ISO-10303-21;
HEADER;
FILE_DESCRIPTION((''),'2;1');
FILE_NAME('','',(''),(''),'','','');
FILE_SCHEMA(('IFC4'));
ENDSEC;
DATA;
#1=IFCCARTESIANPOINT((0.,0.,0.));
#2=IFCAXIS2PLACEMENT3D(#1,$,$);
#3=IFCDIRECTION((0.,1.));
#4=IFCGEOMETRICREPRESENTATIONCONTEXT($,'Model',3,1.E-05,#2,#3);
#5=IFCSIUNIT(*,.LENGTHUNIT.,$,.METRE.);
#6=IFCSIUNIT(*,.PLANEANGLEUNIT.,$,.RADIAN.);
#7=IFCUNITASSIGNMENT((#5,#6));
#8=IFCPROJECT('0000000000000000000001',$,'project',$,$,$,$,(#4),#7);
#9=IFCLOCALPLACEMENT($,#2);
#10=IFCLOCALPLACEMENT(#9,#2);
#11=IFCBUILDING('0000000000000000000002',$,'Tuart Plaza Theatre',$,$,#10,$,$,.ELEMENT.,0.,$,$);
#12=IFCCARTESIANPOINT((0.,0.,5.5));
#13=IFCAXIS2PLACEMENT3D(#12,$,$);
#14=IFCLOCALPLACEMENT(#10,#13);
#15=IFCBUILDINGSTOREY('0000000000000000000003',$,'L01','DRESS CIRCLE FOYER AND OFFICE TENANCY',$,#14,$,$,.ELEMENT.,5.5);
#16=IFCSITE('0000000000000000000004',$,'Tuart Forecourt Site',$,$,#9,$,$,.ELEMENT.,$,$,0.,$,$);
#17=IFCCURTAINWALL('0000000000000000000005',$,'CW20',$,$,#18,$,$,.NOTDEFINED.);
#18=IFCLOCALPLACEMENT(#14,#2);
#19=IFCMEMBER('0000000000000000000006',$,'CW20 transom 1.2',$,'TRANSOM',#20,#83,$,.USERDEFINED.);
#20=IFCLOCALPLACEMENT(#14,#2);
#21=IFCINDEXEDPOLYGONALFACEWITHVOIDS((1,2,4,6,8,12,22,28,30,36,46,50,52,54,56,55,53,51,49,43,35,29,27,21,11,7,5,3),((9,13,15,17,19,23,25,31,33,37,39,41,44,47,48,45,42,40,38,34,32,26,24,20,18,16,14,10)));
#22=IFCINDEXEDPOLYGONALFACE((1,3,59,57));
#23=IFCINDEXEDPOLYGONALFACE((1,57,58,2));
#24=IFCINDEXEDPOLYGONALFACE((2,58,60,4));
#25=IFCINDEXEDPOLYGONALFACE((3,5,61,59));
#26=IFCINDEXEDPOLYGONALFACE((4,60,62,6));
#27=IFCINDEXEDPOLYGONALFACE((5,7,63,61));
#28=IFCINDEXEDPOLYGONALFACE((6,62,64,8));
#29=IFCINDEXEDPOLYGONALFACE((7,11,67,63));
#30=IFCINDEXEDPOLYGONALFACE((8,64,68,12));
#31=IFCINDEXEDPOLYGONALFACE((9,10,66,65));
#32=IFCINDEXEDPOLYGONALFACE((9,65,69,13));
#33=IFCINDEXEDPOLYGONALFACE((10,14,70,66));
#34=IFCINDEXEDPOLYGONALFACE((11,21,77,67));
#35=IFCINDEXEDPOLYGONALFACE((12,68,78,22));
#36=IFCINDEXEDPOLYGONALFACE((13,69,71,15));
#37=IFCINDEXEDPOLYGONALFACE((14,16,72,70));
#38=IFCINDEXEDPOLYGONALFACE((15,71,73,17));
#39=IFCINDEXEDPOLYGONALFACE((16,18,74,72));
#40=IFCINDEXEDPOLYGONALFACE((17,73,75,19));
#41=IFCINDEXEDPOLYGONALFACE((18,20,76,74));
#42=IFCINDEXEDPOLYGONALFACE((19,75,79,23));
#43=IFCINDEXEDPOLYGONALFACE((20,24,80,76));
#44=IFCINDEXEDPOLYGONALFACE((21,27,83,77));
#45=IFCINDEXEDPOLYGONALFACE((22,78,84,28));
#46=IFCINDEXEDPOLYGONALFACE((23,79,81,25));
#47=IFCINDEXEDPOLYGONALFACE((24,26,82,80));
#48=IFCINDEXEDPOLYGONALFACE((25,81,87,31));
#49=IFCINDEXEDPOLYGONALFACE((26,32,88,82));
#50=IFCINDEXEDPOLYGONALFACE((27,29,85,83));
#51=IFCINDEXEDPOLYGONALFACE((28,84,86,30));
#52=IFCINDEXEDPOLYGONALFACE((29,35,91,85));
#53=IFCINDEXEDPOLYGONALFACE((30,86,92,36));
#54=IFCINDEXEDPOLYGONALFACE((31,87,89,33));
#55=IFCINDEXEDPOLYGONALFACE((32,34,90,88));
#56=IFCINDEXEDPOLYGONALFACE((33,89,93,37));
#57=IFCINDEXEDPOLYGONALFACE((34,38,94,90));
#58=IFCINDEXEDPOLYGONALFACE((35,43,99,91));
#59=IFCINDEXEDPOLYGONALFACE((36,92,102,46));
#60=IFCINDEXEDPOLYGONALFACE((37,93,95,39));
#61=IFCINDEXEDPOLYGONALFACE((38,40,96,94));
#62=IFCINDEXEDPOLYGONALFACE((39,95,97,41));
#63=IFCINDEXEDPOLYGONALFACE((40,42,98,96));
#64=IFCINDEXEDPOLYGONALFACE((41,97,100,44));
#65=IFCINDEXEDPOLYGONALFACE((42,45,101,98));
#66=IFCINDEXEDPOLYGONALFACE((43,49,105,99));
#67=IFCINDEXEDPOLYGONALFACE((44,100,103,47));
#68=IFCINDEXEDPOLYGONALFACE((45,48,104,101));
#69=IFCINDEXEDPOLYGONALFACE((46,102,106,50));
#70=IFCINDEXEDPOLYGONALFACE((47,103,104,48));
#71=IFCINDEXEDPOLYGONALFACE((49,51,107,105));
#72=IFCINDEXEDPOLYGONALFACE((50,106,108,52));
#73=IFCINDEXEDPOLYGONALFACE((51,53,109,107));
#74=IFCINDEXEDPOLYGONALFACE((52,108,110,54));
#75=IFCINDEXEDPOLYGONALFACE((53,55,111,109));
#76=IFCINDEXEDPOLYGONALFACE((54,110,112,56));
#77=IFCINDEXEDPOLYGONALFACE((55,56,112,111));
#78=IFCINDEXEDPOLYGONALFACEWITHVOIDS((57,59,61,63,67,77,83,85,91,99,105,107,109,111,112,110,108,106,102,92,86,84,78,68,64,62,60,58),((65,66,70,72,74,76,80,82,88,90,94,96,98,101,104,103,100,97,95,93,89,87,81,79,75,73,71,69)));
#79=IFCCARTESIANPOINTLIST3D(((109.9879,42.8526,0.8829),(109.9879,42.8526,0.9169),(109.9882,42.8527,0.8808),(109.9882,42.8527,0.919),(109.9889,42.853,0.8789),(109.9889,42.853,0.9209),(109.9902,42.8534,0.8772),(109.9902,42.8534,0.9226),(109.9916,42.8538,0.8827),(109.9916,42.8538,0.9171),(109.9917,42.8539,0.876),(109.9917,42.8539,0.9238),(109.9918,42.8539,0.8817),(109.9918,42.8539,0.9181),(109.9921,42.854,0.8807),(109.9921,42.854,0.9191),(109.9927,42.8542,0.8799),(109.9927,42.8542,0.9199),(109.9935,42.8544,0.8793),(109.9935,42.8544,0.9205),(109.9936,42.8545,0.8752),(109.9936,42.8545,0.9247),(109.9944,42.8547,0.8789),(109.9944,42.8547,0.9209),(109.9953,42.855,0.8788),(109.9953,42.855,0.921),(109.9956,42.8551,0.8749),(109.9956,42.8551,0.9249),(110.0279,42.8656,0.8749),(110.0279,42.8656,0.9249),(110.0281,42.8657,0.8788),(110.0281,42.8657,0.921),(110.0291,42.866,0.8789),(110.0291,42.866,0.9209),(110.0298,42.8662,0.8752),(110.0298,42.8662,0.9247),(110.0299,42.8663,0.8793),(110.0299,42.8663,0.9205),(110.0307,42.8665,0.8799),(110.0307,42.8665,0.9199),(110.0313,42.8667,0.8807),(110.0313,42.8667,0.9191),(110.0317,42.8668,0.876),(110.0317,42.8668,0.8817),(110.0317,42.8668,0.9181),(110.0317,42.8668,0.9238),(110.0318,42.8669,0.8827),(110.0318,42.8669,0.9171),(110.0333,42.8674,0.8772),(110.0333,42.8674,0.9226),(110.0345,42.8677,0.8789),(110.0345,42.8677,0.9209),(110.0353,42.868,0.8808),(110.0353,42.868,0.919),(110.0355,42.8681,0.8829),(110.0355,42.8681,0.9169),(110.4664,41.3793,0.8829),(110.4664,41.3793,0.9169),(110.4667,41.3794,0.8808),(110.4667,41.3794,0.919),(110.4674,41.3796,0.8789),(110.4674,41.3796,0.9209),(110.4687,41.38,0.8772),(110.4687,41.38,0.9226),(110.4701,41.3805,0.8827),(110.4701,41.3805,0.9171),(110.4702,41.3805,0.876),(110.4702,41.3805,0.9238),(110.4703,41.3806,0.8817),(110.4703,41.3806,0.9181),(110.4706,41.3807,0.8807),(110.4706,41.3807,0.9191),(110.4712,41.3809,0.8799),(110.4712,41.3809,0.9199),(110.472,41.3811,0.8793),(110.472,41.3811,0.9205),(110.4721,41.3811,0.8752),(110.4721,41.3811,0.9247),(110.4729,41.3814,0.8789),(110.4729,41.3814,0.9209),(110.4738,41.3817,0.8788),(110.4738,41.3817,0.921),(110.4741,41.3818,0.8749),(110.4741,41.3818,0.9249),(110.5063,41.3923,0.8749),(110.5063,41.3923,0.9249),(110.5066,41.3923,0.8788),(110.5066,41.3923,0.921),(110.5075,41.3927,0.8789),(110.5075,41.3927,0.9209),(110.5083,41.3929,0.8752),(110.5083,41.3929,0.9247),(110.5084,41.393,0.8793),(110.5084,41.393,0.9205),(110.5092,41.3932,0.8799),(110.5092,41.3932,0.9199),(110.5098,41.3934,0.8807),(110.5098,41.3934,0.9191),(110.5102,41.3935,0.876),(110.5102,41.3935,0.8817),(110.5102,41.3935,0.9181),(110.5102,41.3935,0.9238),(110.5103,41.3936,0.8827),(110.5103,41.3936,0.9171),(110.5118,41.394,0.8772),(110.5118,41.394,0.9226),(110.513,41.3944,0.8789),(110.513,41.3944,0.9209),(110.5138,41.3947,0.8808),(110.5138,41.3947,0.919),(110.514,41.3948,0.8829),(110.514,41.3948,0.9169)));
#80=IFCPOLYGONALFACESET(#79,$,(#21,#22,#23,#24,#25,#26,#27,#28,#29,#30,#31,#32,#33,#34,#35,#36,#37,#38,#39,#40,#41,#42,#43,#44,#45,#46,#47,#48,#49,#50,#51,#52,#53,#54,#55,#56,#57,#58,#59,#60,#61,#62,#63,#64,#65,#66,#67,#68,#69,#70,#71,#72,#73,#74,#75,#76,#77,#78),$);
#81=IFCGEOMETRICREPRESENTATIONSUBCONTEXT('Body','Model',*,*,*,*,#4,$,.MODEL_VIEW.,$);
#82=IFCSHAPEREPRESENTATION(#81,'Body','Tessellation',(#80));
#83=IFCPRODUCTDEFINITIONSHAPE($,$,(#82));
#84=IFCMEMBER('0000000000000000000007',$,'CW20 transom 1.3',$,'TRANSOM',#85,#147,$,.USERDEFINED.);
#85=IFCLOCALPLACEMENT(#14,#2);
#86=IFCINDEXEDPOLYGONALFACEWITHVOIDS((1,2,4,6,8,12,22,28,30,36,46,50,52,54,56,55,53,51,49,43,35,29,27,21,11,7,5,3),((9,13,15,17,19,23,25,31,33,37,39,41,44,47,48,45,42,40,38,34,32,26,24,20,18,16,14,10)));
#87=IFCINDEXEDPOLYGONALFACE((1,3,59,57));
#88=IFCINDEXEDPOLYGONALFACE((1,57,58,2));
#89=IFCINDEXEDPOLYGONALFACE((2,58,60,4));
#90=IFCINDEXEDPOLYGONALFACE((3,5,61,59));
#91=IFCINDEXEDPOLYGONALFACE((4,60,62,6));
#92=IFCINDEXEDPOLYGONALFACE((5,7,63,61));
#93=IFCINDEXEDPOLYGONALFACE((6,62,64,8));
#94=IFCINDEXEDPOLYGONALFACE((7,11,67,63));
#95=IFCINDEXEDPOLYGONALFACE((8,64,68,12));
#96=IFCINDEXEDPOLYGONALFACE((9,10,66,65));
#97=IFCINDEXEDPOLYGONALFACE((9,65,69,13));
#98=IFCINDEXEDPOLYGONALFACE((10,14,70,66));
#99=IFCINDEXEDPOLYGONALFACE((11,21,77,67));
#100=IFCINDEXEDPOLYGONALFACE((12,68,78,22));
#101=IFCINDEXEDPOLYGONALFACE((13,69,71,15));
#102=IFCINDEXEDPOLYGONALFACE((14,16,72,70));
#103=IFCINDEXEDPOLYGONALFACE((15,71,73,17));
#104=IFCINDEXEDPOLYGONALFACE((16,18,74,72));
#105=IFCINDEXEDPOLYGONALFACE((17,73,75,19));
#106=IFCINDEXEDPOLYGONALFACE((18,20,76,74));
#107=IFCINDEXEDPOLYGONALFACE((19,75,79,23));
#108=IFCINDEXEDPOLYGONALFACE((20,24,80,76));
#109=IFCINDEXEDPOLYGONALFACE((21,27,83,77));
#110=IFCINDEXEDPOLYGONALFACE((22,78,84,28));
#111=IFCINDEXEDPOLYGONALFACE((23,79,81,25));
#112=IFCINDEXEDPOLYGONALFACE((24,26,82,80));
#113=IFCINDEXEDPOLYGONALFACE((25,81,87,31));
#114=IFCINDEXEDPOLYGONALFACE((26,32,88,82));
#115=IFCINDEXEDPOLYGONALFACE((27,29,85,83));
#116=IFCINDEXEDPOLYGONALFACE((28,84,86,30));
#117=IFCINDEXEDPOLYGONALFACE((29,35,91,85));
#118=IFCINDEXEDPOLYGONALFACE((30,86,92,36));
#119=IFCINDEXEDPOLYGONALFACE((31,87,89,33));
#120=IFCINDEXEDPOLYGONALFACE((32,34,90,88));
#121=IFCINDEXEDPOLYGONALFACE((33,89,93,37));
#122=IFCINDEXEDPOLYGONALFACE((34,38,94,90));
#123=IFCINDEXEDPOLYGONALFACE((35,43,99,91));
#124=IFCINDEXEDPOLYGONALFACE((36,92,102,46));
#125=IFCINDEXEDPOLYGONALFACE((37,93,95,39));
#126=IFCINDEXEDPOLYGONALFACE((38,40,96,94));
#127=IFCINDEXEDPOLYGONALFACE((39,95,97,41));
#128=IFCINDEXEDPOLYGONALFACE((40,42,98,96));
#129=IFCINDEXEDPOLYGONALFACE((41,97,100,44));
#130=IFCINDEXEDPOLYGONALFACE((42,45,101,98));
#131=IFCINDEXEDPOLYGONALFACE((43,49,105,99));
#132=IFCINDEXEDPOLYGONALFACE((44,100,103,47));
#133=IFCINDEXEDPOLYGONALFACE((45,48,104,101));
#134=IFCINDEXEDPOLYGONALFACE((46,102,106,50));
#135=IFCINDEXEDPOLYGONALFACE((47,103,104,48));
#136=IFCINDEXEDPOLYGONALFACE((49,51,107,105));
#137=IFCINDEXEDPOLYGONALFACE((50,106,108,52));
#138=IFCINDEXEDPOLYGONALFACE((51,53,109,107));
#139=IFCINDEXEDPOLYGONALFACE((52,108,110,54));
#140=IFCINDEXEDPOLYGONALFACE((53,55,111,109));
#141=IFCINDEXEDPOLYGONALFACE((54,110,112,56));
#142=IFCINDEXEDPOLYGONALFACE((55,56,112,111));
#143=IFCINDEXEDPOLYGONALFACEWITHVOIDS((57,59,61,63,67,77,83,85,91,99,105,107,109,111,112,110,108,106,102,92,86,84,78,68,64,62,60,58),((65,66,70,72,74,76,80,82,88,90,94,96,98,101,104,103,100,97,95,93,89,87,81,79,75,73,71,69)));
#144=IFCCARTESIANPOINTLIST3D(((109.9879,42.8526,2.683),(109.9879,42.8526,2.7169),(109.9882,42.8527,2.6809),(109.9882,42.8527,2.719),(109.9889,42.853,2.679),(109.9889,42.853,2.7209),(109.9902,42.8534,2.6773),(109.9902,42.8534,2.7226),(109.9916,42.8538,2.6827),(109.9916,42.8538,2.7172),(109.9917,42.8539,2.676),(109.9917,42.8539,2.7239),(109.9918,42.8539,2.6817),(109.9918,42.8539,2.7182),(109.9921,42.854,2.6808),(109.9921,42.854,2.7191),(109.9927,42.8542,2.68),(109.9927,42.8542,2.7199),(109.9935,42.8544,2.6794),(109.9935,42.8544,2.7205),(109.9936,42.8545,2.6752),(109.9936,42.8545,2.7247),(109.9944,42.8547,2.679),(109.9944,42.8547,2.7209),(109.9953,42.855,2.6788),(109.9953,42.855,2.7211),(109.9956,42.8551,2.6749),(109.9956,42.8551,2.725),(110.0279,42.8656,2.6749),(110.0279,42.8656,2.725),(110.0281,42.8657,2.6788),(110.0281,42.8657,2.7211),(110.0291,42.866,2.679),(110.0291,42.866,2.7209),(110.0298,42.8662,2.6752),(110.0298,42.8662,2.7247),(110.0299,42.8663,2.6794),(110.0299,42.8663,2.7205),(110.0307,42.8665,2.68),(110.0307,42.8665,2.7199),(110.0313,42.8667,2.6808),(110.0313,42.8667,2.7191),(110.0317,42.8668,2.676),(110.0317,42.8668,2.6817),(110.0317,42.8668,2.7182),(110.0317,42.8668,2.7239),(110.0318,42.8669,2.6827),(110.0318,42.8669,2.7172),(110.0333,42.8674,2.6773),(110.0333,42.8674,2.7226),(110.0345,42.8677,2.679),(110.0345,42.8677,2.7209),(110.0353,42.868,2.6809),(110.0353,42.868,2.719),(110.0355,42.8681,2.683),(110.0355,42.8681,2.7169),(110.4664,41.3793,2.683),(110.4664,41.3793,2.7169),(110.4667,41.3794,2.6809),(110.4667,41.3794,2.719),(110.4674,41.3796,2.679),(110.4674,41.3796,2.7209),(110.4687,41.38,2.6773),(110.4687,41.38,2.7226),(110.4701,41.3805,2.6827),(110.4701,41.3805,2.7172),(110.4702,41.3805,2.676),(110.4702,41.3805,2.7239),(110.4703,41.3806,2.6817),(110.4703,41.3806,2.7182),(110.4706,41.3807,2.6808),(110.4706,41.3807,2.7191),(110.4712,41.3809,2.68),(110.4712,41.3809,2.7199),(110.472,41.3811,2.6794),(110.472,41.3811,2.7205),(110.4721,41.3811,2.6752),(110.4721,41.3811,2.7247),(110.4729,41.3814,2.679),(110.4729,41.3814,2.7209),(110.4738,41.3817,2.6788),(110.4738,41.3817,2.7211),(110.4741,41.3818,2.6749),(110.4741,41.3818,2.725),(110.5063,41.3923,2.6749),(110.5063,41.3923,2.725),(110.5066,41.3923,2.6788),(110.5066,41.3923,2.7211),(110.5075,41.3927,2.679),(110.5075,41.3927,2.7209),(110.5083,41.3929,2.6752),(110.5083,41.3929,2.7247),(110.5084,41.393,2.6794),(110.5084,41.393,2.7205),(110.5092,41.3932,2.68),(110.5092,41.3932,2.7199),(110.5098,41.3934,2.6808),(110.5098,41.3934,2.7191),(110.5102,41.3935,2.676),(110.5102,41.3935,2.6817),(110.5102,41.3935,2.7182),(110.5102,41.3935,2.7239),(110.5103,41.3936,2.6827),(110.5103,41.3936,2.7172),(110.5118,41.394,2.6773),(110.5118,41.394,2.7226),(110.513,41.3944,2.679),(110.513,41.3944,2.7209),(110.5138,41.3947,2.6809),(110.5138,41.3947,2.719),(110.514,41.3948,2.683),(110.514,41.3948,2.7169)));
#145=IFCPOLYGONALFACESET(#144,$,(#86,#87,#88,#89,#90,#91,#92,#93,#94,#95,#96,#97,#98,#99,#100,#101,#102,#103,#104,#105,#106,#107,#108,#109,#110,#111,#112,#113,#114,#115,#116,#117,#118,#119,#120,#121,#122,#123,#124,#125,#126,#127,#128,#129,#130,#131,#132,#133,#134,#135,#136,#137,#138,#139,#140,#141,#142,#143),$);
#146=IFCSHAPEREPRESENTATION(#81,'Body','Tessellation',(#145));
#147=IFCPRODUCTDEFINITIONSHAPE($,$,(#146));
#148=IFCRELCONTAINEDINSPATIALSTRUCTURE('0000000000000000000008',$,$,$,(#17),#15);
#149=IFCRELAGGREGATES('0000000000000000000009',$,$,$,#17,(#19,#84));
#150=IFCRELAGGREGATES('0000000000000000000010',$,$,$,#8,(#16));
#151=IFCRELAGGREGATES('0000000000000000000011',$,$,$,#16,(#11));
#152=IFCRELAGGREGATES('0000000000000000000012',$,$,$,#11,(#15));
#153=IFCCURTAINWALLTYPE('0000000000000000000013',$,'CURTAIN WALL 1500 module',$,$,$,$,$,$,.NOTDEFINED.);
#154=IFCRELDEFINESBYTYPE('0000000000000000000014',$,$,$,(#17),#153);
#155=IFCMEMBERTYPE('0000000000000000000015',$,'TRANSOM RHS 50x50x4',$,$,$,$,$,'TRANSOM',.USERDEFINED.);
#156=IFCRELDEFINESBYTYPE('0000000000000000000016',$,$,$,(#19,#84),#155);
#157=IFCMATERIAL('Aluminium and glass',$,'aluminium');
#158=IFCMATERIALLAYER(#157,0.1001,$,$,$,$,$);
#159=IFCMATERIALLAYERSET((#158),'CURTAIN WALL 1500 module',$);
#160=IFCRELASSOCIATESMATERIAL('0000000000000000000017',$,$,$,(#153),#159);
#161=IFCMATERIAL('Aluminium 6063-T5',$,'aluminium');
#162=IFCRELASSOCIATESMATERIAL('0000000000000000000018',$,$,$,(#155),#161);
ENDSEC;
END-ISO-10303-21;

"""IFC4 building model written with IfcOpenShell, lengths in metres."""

from ifc_helpers import new_model, si_unit, direction, frame, origin, origin_2d, place, context, subcontext, project, spatial, hollow_rectangle, extrude, material, layer, layer_set, material_profile, profile_set, type_object, element, aggregate, save


model = new_model("IFC4")

# Units and contexts
model_context = context("Model", 3, precision=1e-05, world=origin(), true_north=direction((0.0, 1.0)))
body_context = subcontext(model_context, "Body", "Model", "MODEL_VIEW")
ifc_project = project(units=[si_unit("LENGTHUNIT", "METRE"), si_unit("PLANEANGLEUNIT", "RADIAN")], contexts=[model_context])

# Site, building, storey
site_placement = place(None, origin())
site = spatial("IfcSite", under=ifc_project, at=site_placement, Name="Tuart Forecourt Site", CompositionType="ELEMENT", RefElevation=0.0)
building_placement = place(site_placement, origin())
building = spatial("IfcBuilding", under=site, at=building_placement, Name="Tuart Plaza Theatre", CompositionType="ELEMENT", ElevationOfRefHeight=0.0)
storey_placement = place(building_placement, frame((0.0, 0.0, 5.5)))
storey = spatial("IfcBuildingStorey", under=building, at=storey_placement, Name="L01", Description="DRESS CIRCLE FOYER AND OFFICE TENANCY", CompositionType="ELEMENT", Elevation=5.5)

# Shared definitions
ifc_material_1 = material(Name="Aluminium and glass", Category="aluminium")
ifc_layer_1 = layer(ifc_material_1, 0.1001)
ifc_layer_set_1 = layer_set([ifc_layer_1], Name="CURTAIN WALL 1500 module")
curtain_wall_type = type_object("IfcCurtainWallType", Name="CURTAIN WALL 1500 module", PredefinedType="NOTDEFINED", material=ifc_layer_set_1)

# Curtain wall
curtain_wall_1_placement = place(storey_placement, origin())
curtain_wall_1 = element("IfcCurtainWall", 1, at=curtain_wall_1_placement, inside=storey, type_object=curtain_wall_type, Name="CW20", PredefinedType="NOTDEFINED")

# Members
ifc_material_2 = material(Name="Aluminium 6063-T5", Category="aluminium")
ifc_material_profile_1 = material_profile(ifc_material_2, hollow_rectangle(XDim=0.05, YDim=0.05, WallThickness=0.0039, InnerFilletRadius=0.0039, OuterFilletRadius=0.0081, at=origin_2d()), Name="RHS 50x50x4")
ifc_profile_set_1 = profile_set([ifc_material_profile_1], Name="Aluminium 6063-T5")
member_type_1 = type_object("IfcMemberType", Name="TRANSOM RHS 50x50x4", ElementType="TRANSOM", PredefinedType="USERDEFINED", material=ifc_profile_set_1)
member_1_placement = place(storey_placement, frame((110.0117, 42.8604, 0.8999), z_axis=(0.30889, -0.951098, 0.0), x_axis=(0.951098, 0.30889, 0.0)))
member_1 = element("IfcMember", 2, at=member_1_placement, type_object=member_type_1, Name="CW20 transom 1.2", ObjectType="TRANSOM", PredefinedType="USERDEFINED", context=body_context, shape_type="SweptSolid", body=[
    extrude(hollow_rectangle(XDim=0.05, YDim=0.05, WallThickness=0.0039, InnerFilletRadius=0.0039, OuterFilletRadius=0.0081, at=origin_2d()), origin(), (0.0, 0.0, 1.0), 1.5491),
])
member_2_placement = place(storey_placement, frame((110.0117, 42.8604, 2.7), z_axis=(0.30889, -0.951098, 0.0), x_axis=(0.951098, 0.30889, 0.0)))
member_2 = element("IfcMember", 3, at=member_2_placement, type_object=member_type_1, Name="CW20 transom 1.3", ObjectType="TRANSOM", PredefinedType="USERDEFINED", context=body_context, shape_type="SweptSolid", body=[
    extrude(hollow_rectangle(XDim=0.05, YDim=0.05, WallThickness=0.0039, InnerFilletRadius=0.0039, OuterFilletRadius=0.0081, at=origin_2d()), origin(), (0.0, 0.0, 1.0), 1.5491),
])
aggregate(curtain_wall_1, [member_1, member_2])

save(model, "model.ifc")
